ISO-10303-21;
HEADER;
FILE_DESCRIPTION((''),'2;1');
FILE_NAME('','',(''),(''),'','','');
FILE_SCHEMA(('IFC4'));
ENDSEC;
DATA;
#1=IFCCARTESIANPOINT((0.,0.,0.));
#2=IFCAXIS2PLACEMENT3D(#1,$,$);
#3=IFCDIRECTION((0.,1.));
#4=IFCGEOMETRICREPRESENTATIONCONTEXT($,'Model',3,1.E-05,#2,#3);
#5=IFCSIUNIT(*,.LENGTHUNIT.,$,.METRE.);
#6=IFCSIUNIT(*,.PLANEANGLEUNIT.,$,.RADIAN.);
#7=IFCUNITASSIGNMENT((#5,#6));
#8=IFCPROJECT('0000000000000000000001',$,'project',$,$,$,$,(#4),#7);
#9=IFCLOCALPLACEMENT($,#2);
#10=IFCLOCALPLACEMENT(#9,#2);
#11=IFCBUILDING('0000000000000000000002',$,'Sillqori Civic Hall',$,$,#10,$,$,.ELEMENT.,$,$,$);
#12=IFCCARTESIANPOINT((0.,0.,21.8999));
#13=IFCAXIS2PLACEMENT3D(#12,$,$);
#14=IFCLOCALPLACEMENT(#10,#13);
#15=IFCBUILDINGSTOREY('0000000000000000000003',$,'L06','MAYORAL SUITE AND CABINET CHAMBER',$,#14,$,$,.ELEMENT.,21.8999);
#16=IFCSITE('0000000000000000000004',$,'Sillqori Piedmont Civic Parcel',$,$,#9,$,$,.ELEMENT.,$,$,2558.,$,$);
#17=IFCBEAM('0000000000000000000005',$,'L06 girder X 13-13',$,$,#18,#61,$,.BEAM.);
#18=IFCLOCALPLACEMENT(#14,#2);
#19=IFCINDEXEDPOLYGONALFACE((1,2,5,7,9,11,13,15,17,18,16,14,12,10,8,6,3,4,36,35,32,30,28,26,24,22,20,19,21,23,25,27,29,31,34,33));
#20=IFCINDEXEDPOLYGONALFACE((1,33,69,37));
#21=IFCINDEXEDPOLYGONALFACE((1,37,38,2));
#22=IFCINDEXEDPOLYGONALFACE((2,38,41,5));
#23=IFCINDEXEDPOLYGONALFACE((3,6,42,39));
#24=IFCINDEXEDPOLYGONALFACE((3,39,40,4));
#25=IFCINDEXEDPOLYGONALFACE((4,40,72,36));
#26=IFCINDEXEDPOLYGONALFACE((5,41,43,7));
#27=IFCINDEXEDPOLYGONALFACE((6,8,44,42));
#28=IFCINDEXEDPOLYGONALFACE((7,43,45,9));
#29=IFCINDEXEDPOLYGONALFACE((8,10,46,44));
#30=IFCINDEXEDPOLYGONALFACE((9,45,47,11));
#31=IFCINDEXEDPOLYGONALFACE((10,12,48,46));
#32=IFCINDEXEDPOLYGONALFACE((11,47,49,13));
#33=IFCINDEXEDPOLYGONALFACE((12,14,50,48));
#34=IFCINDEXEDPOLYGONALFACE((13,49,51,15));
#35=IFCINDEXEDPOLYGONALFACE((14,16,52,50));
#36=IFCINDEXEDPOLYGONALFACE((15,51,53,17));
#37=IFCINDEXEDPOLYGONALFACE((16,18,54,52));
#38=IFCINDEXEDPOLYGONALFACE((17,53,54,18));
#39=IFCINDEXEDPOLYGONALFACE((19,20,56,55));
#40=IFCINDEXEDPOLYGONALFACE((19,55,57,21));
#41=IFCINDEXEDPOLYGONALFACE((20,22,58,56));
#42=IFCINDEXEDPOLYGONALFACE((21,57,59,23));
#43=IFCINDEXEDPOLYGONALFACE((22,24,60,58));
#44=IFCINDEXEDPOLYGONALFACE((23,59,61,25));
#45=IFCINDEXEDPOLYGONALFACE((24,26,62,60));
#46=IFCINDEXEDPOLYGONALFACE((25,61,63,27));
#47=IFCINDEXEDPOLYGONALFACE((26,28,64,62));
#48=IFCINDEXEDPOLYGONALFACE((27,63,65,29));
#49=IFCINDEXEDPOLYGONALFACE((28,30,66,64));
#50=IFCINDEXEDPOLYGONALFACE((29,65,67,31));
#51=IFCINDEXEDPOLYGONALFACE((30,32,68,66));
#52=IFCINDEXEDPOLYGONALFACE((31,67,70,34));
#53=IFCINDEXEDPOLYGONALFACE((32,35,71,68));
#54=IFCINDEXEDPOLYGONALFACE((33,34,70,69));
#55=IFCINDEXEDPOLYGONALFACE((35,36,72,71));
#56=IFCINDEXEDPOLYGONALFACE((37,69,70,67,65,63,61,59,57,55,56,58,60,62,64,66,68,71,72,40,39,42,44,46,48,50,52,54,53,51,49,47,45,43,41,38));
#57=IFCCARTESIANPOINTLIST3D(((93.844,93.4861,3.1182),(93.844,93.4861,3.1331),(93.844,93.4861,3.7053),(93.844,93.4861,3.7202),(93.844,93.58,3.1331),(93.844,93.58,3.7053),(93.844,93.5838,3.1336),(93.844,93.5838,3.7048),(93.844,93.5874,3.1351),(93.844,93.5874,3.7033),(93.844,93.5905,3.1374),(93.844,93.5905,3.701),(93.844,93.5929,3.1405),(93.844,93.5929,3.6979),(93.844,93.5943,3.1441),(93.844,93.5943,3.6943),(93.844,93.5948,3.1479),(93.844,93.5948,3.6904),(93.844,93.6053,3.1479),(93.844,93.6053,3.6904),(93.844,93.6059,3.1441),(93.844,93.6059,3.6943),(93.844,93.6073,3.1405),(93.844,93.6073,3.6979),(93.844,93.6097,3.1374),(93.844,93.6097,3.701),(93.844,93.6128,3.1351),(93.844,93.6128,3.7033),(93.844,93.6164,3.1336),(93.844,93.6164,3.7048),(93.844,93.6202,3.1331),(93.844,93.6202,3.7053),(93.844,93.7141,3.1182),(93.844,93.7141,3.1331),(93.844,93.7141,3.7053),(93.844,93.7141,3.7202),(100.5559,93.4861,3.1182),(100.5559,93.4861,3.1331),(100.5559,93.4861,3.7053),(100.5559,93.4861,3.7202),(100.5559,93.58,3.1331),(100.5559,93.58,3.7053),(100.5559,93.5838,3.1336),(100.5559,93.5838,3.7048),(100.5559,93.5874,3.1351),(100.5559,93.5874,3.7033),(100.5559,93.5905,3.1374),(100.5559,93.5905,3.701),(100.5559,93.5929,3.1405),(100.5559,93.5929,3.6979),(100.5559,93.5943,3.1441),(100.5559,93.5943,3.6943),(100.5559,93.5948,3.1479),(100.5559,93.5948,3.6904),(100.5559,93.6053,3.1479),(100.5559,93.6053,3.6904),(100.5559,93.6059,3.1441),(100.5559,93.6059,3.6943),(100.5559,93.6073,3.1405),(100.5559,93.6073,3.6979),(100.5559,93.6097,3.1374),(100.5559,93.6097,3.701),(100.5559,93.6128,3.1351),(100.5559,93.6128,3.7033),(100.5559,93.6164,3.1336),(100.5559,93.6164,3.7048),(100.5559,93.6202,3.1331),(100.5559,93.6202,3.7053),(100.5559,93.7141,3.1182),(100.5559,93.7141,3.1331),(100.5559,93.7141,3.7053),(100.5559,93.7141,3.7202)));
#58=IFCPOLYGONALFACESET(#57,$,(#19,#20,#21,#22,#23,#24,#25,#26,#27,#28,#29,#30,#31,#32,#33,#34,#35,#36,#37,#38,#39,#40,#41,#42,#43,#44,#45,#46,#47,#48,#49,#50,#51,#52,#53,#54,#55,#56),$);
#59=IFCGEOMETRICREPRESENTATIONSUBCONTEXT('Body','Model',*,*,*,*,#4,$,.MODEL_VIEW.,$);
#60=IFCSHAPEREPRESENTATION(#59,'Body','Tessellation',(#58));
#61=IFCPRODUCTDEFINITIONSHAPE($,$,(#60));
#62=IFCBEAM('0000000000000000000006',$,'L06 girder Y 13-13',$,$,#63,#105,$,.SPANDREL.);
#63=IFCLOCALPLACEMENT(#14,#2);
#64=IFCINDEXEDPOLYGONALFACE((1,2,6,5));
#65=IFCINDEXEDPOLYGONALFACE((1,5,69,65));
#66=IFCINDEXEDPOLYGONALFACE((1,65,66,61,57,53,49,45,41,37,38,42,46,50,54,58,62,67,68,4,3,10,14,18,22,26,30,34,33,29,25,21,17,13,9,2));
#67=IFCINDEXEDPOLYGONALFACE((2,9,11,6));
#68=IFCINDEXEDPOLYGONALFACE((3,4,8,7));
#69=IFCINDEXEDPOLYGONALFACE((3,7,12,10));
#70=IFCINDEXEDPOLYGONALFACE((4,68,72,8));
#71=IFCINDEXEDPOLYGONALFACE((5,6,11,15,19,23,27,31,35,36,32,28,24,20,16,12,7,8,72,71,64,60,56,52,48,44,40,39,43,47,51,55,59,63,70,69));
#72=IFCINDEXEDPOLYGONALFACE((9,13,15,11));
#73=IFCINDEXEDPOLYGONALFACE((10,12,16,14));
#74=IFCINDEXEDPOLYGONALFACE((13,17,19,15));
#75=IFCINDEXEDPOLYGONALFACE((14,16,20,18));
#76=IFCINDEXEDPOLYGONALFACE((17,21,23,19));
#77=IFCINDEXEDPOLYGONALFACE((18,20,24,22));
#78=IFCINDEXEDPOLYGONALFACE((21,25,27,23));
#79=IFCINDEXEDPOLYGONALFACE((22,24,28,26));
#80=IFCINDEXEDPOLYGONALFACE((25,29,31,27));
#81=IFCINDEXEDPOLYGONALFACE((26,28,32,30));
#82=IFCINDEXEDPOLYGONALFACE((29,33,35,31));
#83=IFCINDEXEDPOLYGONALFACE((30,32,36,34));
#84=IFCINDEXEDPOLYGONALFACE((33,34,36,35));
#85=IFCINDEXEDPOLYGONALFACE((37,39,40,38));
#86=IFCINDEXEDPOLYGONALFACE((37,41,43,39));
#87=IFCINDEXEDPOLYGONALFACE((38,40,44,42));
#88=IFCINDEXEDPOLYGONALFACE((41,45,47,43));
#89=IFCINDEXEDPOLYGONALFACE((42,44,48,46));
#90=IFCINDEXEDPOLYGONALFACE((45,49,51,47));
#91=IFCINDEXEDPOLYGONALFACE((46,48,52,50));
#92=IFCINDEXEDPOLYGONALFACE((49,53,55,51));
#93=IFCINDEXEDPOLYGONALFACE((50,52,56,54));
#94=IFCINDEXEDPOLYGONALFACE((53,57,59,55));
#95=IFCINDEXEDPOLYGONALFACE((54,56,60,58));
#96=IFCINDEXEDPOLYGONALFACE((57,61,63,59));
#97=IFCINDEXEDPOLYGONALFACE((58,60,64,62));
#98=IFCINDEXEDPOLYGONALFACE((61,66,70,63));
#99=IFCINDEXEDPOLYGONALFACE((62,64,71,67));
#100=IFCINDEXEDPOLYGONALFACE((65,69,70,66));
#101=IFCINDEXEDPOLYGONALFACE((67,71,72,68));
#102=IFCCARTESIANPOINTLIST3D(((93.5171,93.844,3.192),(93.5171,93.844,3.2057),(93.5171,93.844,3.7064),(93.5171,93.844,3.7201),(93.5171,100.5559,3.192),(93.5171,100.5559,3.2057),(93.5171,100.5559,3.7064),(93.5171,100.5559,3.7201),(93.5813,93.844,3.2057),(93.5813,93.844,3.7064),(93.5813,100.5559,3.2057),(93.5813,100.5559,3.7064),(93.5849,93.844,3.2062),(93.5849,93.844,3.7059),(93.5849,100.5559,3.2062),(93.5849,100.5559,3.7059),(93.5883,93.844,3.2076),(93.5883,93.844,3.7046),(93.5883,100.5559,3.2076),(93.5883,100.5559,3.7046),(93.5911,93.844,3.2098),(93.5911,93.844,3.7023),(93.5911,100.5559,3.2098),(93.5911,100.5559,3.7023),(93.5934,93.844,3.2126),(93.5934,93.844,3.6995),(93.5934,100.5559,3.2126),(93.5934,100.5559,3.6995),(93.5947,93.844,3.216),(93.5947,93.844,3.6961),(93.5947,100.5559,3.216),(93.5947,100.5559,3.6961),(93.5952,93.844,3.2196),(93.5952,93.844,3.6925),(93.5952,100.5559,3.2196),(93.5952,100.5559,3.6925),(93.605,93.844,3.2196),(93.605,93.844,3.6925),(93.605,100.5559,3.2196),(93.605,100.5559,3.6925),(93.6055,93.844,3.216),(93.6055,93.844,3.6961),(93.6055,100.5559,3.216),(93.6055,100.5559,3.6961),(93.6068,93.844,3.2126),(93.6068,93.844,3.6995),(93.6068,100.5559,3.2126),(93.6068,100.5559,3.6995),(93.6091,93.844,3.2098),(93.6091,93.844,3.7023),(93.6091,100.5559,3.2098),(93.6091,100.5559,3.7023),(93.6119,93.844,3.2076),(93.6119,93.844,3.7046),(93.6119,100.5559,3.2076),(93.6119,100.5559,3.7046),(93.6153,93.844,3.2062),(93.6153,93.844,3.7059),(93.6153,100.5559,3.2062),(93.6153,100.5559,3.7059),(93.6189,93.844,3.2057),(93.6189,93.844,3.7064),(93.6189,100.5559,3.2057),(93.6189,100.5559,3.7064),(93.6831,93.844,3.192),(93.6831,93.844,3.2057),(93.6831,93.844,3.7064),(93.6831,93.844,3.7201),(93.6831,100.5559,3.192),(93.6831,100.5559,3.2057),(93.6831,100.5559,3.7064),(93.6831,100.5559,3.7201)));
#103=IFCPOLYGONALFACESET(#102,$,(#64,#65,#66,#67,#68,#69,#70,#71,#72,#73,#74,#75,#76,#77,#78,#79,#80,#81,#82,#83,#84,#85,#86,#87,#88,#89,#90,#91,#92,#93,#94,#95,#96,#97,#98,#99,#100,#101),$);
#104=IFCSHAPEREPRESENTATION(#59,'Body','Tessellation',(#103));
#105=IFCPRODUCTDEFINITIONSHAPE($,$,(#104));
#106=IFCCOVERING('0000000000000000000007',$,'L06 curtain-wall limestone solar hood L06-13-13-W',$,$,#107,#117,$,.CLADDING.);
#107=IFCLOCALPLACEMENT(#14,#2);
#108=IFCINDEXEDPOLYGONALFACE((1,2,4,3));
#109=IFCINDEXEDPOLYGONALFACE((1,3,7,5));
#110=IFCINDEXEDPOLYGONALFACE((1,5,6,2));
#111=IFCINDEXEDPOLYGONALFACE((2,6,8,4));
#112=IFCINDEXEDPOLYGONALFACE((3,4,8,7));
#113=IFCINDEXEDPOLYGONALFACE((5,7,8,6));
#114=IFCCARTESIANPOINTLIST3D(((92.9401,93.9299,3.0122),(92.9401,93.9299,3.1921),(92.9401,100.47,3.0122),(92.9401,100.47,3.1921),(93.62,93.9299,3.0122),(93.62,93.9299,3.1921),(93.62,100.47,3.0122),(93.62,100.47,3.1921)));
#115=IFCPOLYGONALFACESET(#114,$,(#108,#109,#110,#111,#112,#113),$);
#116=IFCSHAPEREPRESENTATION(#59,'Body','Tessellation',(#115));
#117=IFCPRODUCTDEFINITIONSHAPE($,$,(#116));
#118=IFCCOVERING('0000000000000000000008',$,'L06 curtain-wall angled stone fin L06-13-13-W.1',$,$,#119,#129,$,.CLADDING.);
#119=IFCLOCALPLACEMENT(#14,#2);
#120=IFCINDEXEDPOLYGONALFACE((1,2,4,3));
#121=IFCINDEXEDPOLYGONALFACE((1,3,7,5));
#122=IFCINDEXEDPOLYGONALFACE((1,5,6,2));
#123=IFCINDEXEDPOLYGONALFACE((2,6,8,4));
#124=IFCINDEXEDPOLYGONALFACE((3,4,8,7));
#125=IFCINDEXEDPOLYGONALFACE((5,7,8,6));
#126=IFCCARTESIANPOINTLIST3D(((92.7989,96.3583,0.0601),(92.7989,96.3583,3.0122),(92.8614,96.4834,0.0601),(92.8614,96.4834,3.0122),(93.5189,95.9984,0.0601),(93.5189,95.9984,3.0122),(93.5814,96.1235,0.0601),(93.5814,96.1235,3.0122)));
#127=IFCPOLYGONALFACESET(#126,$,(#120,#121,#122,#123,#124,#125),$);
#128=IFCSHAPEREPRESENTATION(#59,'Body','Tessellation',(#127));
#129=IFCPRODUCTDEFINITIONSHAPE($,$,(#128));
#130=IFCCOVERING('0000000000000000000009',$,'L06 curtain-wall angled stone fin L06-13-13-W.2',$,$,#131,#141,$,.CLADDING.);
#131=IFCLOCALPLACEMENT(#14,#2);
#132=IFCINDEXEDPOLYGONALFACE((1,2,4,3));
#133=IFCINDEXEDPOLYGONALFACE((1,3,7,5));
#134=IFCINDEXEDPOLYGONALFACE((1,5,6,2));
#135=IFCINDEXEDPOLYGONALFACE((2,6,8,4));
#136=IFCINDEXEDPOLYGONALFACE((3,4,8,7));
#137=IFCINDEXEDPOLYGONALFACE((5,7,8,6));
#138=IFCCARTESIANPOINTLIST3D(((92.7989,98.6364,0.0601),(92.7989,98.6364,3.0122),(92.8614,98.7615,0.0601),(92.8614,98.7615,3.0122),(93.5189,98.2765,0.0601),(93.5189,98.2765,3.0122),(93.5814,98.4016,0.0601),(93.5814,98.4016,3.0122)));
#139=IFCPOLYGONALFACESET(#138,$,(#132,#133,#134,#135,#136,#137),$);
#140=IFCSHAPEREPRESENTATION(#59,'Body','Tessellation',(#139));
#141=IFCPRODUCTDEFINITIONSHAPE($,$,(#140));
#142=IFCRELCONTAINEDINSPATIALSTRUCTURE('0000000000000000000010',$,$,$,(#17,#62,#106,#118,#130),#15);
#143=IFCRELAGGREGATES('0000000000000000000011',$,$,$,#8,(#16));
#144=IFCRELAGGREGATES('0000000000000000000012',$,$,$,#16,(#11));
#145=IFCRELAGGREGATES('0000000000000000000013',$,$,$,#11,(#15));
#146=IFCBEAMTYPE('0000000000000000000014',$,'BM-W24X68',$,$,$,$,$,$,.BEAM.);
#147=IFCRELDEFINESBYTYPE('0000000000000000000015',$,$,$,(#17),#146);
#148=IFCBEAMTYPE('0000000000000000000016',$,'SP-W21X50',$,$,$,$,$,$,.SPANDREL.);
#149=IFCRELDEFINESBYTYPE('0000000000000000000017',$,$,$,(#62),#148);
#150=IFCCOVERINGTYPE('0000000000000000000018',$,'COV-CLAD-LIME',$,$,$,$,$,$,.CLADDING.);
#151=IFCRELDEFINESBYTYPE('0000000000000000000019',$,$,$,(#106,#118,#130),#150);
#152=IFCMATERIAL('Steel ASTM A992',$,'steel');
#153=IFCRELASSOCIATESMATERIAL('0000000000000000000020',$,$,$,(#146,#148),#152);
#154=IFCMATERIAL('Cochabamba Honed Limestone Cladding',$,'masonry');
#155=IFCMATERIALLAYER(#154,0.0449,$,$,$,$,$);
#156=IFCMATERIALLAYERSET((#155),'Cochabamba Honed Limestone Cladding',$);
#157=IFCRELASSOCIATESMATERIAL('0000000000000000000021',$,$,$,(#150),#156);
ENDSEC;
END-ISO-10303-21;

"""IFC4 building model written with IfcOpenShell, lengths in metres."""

from ifc_helpers import new_model, si_unit, direction, frame, frame_2d, origin, origin_2d, place, context, subcontext, project, spatial, rectangle, i_section, extrude, material, layer, layer_set, material_profile, profile_set, type_object, element, save


model = new_model("IFC4")

# Units and contexts
model_context = context("Model", 3, precision=1e-05, world=origin(), true_north=direction((0.0, 1.0)))
body_context = subcontext(model_context, "Body", "Model", "MODEL_VIEW")
ifc_project = project(units=[si_unit("LENGTHUNIT", "METRE"), si_unit("PLANEANGLEUNIT", "RADIAN")], contexts=[model_context])

# Site, building, storey
site_placement = place(None, origin())
site = spatial("IfcSite", under=ifc_project, at=site_placement, Name="Sillqori Piedmont Civic Parcel", CompositionType="ELEMENT", RefElevation=2558.0)
building_placement = place(site_placement, origin())
building = spatial("IfcBuilding", under=site, at=building_placement, Name="Sillqori Civic Hall", CompositionType="ELEMENT")
storey_placement = place(building_placement, frame((0.0, 0.0, 21.8999)))
storey = spatial("IfcBuildingStorey", under=building, at=storey_placement, Name="L06", Description="MAYORAL SUITE AND CABINET CHAMBER", CompositionType="ELEMENT", Elevation=21.8999)

# Beam
ifc_material_1 = material(Name="Steel ASTM A992", Category="steel")
ifc_material_profile_1 = material_profile(ifc_material_1, i_section(OverallWidth=0.228, OverallDepth=0.6021, WebThickness=0.0105, FlangeThickness=0.0149, FilletRadius=0.0149, at=origin_2d()), Name="W24X68")
ifc_profile_set_1 = profile_set([ifc_material_profile_1], Name="Steel ASTM A992")
beam_type_1 = type_object("IfcBeamType", Name="BM-W24X68", PredefinedType="BEAM", material=ifc_profile_set_1)
beam_1_placement = place(storey_placement, frame((93.844, 93.6001, 3.4192), z_axis=(1.0, 0.0, 0.0), x_axis=(0.0, 1.0, 0.0)))
element("IfcBeam", 1, at=beam_1_placement, inside=storey, type_object=beam_type_1, Name="L06 girder X 13-13", PredefinedType="BEAM", context=body_context, shape_type="SweptSolid", body=[
    extrude(i_section(OverallWidth=0.228, OverallDepth=0.6021, WebThickness=0.0105, FlangeThickness=0.0149, FilletRadius=0.0149, at=origin_2d()), origin(), (0.0, 0.0, 1.0), 6.7119),
])

# Beam
ifc_material_profile_2 = material_profile(ifc_material_1, i_section(OverallWidth=0.166, OverallDepth=0.5281, WebThickness=0.0098, FlangeThickness=0.0137, FilletRadius=0.0139, at=origin_2d()), Name="W21X50")
ifc_profile_set_2 = profile_set([ifc_material_profile_2], Name="Steel ASTM A992")
beam_type_2 = type_object("IfcBeamType", Name="SP-W21X50", PredefinedType="SPANDREL", material=ifc_profile_set_2)
beam_2_placement = place(storey_placement, frame((93.6001, 93.844, 3.4561), z_axis=(0.0, 1.0, 0.0), x_axis=(-1.0, 0.0, 0.0)))
element("IfcBeam", 2, at=beam_2_placement, inside=storey, type_object=beam_type_2, Name="L06 girder Y 13-13", PredefinedType="SPANDREL", context=body_context, shape_type="SweptSolid", body=[
    extrude(i_section(OverallWidth=0.166, OverallDepth=0.5281, WebThickness=0.0098, FlangeThickness=0.0137, FilletRadius=0.0139, at=origin_2d()), origin(), (0.0, 0.0, 1.0), 6.7119),
])

# Coverings
ifc_material_2 = material(Name="Cochabamba Honed Limestone Cladding", Category="masonry")
ifc_layer_1 = layer(ifc_material_2, 0.0449)
ifc_layer_set_1 = layer_set([ifc_layer_1], Name="Cochabamba Honed Limestone Cladding")
covering_type = type_object("IfcCoveringType", Name="COV-CLAD-LIME", PredefinedType="CLADDING", material=ifc_layer_set_1)
covering_placement = place(storey_placement, frame((93.28, 93.9299, 3.0122), z_axis=(0.0, 0.0, 1.0), x_axis=(0.0, 1.0, 0.0)))
element("IfcCovering", 3, at=covering_placement, inside=storey, type_object=covering_type, Name="L06 curtain-wall limestone solar hood L06-13-13-W", PredefinedType="CLADDING", context=body_context, shape_type="SweptSolid", body=[
    extrude(rectangle(XDim=6.54, YDim=0.6799, at=frame_2d((3.27, 0.0))), origin(), (0.0, 0.0, 1.0), 0.1799),
])
for number, where, z_axis, x_axis, name in (
    (4, (93.55, 96.061, 0.0601), (0.0, 0.0, 1.0), (-0.894488, 0.447092, 0.0), "L06 curtain-wall angled stone fin L06-13-13-W.1"),
    (5, (93.55, 98.3391, 0.0601), (0.0, 0.0, 1.0), (-0.894488, 0.447092, 0.0), "L06 curtain-wall angled stone fin L06-13-13-W.2"),
):
    element("IfcCovering", number, at=place(storey_placement, frame(where, z_axis=z_axis, x_axis=x_axis)), inside=storey, type_object=covering_type, Name=name, PredefinedType="CLADDING", context=body_context, shape_type="SweptSolid", body=[
        extrude(rectangle(XDim=0.8049, YDim=0.1399, at=frame_2d((0.4023, 0.0))), origin(), (0.0, 0.0, 1.0), 2.9521),
    ])

save(model, "model.ifc")
